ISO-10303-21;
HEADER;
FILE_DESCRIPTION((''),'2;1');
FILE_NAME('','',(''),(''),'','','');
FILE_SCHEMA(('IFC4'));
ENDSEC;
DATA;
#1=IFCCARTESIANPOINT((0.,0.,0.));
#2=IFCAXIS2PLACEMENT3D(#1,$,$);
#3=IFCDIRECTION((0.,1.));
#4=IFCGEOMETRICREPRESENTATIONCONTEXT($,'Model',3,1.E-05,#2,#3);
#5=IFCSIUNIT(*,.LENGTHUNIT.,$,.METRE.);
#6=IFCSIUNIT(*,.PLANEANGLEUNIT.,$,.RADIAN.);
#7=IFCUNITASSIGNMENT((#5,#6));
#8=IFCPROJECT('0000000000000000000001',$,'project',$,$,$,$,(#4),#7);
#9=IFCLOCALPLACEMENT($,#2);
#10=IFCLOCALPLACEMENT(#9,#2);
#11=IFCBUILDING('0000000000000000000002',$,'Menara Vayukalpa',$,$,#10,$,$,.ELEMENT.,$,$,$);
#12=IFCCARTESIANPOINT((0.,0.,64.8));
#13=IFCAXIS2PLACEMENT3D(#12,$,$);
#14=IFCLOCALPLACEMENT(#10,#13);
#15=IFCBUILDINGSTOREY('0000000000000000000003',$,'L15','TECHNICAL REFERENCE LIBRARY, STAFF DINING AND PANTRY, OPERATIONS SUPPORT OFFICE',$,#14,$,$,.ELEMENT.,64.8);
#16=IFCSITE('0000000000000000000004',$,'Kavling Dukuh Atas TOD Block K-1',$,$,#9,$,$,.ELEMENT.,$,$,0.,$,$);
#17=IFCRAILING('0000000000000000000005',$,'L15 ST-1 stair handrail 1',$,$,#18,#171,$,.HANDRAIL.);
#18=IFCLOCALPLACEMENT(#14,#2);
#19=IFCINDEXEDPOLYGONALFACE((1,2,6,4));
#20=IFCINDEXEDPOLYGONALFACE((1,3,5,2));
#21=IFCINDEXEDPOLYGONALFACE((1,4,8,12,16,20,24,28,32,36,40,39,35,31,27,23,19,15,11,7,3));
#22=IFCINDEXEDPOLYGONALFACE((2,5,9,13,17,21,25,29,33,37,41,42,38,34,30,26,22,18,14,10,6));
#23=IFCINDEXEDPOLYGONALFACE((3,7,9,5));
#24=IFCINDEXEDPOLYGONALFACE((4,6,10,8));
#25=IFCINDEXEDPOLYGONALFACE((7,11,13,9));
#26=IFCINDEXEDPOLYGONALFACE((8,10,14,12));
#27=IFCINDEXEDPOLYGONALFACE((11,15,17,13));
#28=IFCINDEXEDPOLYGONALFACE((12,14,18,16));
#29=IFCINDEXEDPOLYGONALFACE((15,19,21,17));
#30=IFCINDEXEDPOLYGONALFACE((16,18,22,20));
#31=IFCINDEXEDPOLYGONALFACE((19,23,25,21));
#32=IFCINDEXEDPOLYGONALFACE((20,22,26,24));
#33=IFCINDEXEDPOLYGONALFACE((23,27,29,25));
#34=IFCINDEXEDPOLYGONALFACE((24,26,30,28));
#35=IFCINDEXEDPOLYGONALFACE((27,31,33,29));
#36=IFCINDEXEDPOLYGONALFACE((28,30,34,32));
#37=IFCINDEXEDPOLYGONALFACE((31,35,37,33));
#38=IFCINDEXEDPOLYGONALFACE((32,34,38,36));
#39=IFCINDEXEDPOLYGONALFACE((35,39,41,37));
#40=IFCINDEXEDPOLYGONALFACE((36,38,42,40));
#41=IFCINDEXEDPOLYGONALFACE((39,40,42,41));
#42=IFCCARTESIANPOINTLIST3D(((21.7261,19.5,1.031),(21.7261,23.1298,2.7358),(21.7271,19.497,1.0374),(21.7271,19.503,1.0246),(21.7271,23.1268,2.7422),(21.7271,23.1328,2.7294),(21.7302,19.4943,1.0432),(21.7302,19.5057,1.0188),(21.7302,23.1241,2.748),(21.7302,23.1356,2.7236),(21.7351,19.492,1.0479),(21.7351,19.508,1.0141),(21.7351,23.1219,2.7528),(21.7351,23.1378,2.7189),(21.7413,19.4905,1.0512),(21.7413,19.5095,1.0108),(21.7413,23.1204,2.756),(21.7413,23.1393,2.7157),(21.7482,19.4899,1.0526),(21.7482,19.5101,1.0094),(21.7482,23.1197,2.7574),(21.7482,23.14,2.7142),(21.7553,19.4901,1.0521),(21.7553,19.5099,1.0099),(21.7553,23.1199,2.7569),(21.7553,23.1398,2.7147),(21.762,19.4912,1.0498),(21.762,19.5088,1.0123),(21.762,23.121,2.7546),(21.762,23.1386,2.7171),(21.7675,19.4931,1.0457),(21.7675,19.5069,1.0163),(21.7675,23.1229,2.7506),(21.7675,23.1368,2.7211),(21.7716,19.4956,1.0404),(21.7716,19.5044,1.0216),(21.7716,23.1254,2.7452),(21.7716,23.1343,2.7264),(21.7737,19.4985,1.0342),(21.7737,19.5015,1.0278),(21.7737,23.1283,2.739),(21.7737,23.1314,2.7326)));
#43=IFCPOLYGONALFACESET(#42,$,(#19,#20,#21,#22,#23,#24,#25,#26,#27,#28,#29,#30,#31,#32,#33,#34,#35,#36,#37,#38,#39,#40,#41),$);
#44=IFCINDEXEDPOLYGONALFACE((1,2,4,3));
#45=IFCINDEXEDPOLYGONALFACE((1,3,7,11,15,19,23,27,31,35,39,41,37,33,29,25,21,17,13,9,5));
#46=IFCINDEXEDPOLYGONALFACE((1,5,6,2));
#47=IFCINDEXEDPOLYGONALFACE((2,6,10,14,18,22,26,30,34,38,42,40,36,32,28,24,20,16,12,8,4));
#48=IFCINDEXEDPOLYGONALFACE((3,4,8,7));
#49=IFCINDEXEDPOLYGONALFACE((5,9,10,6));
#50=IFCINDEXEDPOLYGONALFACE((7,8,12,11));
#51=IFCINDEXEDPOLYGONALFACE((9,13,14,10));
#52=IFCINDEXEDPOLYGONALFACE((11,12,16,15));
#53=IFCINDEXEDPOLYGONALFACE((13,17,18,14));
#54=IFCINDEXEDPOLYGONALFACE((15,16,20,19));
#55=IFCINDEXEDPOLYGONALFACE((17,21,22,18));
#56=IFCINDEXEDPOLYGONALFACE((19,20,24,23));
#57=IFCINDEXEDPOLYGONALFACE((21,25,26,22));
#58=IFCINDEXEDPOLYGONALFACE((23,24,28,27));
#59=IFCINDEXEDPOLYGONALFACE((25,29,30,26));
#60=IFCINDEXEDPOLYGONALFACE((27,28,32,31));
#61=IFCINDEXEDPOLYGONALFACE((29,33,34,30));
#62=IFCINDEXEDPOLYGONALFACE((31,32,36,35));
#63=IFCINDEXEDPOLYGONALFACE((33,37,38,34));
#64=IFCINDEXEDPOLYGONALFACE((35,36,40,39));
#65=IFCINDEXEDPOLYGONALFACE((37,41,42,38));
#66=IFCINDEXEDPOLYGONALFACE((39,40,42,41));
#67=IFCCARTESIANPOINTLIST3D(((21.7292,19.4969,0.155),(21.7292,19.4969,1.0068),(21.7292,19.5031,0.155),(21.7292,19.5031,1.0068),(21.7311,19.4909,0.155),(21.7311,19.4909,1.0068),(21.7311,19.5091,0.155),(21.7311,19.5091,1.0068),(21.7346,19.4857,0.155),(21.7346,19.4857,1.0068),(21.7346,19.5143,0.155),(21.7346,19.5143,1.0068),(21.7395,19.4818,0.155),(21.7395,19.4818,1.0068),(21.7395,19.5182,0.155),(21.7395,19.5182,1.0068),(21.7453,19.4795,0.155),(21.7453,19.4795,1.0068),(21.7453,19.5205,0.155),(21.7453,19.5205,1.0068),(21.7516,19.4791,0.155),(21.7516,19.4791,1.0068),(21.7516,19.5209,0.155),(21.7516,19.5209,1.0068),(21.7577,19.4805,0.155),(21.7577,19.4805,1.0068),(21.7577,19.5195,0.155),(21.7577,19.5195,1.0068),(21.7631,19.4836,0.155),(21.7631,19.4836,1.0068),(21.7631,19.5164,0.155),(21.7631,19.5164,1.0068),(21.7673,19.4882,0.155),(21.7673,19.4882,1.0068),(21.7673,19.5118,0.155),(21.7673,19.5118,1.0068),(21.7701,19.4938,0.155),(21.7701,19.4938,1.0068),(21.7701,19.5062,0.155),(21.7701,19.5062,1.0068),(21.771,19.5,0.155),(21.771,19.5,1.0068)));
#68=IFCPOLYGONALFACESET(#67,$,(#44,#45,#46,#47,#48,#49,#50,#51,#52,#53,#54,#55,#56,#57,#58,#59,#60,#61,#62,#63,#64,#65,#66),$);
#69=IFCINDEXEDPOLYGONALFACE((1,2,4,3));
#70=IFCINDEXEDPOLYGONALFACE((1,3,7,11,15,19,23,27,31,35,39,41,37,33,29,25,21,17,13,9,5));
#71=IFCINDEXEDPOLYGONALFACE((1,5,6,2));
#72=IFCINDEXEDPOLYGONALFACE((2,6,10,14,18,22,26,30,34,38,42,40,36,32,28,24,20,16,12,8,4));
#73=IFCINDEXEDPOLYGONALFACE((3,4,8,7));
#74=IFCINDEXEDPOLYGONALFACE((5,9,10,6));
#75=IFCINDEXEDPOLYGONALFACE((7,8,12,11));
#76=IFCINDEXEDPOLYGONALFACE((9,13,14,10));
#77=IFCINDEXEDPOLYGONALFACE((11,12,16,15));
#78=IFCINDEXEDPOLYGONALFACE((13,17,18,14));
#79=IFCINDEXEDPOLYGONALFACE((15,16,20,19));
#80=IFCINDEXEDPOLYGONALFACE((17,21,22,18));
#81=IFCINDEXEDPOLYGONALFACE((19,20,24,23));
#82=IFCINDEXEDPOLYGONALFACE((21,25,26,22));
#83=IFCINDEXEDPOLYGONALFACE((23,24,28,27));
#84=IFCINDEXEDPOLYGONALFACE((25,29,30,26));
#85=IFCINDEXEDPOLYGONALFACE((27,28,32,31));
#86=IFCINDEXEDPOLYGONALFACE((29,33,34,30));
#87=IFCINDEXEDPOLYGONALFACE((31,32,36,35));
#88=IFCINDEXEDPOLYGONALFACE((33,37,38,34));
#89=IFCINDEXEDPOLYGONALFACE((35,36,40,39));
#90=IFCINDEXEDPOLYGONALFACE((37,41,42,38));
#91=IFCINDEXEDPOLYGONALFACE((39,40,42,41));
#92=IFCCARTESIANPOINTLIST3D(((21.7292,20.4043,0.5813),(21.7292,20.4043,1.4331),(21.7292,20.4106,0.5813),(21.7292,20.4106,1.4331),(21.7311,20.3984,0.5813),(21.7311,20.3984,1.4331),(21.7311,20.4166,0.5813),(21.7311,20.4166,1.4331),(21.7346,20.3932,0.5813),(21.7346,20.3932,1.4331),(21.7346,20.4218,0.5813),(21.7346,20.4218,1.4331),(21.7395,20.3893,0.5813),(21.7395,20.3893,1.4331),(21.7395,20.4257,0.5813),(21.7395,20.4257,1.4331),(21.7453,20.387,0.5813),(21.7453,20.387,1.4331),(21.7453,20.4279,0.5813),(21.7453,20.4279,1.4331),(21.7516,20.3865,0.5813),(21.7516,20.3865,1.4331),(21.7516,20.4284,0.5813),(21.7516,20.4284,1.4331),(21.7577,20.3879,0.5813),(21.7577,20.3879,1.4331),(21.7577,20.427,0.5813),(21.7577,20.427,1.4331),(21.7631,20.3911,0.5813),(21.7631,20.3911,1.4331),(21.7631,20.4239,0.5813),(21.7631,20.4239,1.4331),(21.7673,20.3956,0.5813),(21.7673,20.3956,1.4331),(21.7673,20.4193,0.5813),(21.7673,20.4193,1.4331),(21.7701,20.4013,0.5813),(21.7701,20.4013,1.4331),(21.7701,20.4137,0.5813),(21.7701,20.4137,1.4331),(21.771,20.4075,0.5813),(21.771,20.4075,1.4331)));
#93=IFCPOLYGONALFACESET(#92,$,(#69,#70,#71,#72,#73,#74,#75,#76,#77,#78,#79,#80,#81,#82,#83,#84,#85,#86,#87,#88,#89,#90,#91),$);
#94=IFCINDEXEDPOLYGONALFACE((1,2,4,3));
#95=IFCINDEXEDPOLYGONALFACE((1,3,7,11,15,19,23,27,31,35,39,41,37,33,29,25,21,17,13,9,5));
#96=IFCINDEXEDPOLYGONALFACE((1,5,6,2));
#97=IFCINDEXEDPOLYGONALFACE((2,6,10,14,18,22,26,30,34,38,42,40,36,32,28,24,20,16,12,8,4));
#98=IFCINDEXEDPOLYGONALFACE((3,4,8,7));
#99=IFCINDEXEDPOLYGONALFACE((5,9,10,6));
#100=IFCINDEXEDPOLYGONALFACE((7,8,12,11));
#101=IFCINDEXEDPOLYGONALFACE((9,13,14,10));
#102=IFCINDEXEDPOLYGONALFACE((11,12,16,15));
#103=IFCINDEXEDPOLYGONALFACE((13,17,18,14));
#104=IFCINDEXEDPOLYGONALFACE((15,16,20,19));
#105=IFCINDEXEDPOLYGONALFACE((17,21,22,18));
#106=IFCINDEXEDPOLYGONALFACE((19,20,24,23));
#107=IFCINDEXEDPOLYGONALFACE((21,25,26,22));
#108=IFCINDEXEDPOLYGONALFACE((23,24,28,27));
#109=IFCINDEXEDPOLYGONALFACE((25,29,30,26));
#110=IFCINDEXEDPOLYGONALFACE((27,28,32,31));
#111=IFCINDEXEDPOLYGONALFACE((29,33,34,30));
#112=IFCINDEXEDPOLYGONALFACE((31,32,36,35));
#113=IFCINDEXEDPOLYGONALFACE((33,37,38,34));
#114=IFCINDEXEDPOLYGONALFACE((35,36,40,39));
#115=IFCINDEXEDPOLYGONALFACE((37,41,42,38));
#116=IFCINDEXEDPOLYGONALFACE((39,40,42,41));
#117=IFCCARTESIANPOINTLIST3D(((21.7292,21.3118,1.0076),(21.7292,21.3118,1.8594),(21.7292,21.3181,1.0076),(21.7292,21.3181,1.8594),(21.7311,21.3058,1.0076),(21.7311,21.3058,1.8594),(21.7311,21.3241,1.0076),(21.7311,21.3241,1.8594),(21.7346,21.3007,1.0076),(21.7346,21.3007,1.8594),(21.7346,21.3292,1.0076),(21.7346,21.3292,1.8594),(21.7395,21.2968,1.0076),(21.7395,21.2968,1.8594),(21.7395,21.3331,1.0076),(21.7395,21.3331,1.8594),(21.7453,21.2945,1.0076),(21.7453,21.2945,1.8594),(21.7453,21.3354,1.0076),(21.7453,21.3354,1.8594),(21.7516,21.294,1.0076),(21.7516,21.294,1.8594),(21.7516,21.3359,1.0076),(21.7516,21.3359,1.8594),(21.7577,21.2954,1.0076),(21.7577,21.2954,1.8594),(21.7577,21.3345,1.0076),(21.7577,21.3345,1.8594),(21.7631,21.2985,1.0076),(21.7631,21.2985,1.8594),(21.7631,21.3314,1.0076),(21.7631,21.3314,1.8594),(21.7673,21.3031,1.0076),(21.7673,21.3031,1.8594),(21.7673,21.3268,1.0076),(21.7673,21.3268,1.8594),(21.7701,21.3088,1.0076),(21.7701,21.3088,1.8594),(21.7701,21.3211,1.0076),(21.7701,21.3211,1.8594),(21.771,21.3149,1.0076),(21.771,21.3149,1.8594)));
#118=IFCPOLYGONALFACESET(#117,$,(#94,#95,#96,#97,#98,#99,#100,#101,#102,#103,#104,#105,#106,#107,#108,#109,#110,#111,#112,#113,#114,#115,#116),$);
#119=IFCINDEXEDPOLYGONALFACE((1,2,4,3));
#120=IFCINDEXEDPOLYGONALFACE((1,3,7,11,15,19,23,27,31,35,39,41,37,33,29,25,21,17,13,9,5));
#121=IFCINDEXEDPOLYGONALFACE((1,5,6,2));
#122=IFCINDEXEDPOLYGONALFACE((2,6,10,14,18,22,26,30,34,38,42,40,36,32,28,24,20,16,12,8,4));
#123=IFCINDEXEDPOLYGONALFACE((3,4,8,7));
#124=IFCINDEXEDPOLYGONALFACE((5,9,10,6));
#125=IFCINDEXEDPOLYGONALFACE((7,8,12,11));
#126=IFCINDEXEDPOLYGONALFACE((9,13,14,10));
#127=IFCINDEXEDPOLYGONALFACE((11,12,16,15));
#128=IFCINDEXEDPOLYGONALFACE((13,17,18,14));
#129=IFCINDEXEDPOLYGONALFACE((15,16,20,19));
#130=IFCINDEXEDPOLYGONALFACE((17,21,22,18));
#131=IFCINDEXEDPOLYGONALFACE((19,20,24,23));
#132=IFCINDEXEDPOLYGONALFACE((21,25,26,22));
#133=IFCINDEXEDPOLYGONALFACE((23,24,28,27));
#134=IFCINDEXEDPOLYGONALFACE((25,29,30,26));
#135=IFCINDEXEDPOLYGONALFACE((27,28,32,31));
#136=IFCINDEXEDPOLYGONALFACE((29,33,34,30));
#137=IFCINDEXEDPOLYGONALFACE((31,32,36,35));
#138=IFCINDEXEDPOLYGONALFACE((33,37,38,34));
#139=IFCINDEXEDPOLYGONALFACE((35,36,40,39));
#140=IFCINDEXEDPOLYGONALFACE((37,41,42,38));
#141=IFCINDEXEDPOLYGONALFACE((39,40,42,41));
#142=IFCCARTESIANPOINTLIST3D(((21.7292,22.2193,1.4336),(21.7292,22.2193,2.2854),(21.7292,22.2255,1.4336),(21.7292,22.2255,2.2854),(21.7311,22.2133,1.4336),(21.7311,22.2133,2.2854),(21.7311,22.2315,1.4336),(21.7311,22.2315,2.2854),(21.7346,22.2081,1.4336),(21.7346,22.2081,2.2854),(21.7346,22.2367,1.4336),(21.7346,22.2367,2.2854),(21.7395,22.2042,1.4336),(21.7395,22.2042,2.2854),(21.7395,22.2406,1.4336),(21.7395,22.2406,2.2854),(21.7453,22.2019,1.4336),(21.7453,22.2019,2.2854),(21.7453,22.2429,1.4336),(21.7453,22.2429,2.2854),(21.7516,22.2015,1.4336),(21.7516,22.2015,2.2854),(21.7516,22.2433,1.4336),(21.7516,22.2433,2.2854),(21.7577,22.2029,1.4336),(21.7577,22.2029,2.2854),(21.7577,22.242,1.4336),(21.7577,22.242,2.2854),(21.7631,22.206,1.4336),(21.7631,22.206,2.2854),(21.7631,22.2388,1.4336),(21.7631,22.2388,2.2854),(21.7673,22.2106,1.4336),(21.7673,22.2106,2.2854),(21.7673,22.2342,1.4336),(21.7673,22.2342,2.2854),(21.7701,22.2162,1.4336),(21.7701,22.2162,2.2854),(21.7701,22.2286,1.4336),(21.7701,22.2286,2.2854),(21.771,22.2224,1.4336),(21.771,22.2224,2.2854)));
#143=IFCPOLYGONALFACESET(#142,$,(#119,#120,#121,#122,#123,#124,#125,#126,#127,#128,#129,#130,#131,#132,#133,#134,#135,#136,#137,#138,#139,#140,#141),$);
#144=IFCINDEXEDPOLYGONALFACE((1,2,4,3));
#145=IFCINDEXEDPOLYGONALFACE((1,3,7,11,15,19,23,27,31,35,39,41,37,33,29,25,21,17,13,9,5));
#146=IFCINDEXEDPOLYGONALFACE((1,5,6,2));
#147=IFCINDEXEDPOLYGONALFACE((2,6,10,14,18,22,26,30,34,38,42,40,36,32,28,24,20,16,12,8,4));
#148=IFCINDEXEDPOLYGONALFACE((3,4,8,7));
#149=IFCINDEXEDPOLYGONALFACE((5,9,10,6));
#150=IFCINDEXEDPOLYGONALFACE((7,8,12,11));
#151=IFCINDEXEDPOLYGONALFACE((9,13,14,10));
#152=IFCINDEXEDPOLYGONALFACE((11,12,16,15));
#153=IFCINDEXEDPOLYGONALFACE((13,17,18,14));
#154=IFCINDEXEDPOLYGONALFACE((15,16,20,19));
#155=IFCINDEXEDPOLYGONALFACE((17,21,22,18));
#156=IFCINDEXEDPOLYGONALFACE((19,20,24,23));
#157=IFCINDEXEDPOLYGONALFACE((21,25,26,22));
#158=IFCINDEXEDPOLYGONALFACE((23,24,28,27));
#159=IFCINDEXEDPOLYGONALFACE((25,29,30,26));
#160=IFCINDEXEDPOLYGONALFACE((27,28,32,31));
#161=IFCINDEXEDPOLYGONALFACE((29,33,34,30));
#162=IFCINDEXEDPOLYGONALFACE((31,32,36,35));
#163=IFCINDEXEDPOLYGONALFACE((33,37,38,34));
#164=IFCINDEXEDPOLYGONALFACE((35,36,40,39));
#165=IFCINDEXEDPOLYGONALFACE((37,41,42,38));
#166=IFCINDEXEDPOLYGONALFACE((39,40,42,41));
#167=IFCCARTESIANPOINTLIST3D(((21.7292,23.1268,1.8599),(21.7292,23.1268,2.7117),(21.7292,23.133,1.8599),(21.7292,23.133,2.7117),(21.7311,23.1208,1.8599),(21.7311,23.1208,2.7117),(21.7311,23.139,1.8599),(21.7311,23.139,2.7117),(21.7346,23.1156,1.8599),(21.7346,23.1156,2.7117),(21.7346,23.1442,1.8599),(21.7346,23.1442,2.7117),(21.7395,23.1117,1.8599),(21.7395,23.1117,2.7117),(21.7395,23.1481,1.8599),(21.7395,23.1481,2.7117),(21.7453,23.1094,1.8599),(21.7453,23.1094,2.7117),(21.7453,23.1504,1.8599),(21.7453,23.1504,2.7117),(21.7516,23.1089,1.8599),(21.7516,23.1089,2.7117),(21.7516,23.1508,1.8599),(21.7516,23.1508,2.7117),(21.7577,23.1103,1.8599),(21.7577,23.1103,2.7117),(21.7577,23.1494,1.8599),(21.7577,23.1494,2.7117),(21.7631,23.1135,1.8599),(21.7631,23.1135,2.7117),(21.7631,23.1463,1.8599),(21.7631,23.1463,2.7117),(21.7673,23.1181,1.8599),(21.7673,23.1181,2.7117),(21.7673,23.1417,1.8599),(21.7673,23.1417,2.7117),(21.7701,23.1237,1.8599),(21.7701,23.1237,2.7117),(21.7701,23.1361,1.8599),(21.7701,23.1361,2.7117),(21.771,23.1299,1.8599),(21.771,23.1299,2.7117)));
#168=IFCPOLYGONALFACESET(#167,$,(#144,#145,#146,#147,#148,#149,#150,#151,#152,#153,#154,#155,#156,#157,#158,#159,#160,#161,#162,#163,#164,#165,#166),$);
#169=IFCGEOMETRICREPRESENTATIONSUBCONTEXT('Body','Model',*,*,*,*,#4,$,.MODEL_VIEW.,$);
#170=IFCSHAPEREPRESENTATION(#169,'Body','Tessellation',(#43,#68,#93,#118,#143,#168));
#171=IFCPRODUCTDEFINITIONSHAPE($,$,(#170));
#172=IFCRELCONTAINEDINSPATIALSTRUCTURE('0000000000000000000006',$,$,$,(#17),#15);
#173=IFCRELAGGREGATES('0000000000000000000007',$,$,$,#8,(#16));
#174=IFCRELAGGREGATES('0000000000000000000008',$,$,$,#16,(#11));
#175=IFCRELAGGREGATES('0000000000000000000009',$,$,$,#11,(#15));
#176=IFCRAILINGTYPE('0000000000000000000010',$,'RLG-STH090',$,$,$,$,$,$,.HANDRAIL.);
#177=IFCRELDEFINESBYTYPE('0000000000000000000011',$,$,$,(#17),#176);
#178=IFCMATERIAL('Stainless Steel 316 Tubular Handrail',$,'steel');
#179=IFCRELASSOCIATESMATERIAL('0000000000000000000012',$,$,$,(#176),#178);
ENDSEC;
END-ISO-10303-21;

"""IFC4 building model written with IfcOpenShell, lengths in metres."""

from ifc_helpers import new_model, si_unit, direction, frame, origin, origin_2d, place, context, subcontext, project, spatial, circle, extrude, material, type_object, element, save


model = new_model("IFC4")

# Units and contexts
model_context = context("Model", 3, precision=1e-05, world=origin(), true_north=direction((0.0, 1.0)))
body_context = subcontext(model_context, "Body", "Model", "MODEL_VIEW")
ifc_project = project(units=[si_unit("LENGTHUNIT", "METRE"), si_unit("PLANEANGLEUNIT", "RADIAN")], contexts=[model_context])

# Site, building, storey
site_placement = place(None, origin())
site = spatial("IfcSite", under=ifc_project, at=site_placement, Name="Kavling Dukuh Atas TOD Block K-1", CompositionType="ELEMENT", RefElevation=0.0)
building_placement = place(site_placement, origin())
building = spatial("IfcBuilding", under=site, at=building_placement, Name="Menara Vayukalpa", CompositionType="ELEMENT")
storey_placement = place(building_placement, frame((0.0, 0.0, 64.8)))
storey = spatial("IfcBuildingStorey", under=building, at=storey_placement, Name="L15", Description="TECHNICAL REFERENCE LIBRARY, STAFF DINING AND PANTRY, OPERATIONS SUPPORT OFFICE", CompositionType="ELEMENT", Elevation=64.8)

# Railing
ifc_material_1 = material(Name="Stainless Steel 316 Tubular Handrail", Category="steel")
railing_type_1 = type_object("IfcRailingType", Name="RLG-STH090", PredefinedType="HANDRAIL", material=ifc_material_1)
railing_1_placement = place(storey_placement, frame((21.75, 19.5, 0.155)))
element("IfcRailing", 1, at=railing_1_placement, inside=storey, type_object=railing_type_1, Name="L15 ST-1 stair handrail 1", PredefinedType="HANDRAIL", context=body_context, shape_type="SweptSolid", body=[
    extrude(circle(Radius=0.0239, at=origin_2d()), frame((0.0, 0.0, 0.876), z_axis=(0.0, 0.90514, 0.425114), x_axis=(-1.0, 0.0, 0.0)), (0.0, 0.0, 1.0), 4.0103),
    extrude(circle(Radius=0.021, at=origin_2d()), origin(), (0.0, 0.0, 1.0), 0.8518),
    extrude(circle(Radius=0.021, at=origin_2d()), frame((0.0, 0.9075, 0.4263)), (0.0, 0.0, 1.0), 0.8518),
    extrude(circle(Radius=0.021, at=origin_2d()), frame((0.0, 1.8149, 0.8525)), (0.0, 0.0, 1.0), 0.8518),
    extrude(circle(Radius=0.021, at=origin_2d()), frame((0.0, 2.7224, 1.2786)), (0.0, 0.0, 1.0), 0.8518),
    extrude(circle(Radius=0.021, at=origin_2d()), frame((0.0, 3.6299, 1.7048)), (0.0, 0.0, 1.0), 0.8518),
])

save(model, "model.ifc")
